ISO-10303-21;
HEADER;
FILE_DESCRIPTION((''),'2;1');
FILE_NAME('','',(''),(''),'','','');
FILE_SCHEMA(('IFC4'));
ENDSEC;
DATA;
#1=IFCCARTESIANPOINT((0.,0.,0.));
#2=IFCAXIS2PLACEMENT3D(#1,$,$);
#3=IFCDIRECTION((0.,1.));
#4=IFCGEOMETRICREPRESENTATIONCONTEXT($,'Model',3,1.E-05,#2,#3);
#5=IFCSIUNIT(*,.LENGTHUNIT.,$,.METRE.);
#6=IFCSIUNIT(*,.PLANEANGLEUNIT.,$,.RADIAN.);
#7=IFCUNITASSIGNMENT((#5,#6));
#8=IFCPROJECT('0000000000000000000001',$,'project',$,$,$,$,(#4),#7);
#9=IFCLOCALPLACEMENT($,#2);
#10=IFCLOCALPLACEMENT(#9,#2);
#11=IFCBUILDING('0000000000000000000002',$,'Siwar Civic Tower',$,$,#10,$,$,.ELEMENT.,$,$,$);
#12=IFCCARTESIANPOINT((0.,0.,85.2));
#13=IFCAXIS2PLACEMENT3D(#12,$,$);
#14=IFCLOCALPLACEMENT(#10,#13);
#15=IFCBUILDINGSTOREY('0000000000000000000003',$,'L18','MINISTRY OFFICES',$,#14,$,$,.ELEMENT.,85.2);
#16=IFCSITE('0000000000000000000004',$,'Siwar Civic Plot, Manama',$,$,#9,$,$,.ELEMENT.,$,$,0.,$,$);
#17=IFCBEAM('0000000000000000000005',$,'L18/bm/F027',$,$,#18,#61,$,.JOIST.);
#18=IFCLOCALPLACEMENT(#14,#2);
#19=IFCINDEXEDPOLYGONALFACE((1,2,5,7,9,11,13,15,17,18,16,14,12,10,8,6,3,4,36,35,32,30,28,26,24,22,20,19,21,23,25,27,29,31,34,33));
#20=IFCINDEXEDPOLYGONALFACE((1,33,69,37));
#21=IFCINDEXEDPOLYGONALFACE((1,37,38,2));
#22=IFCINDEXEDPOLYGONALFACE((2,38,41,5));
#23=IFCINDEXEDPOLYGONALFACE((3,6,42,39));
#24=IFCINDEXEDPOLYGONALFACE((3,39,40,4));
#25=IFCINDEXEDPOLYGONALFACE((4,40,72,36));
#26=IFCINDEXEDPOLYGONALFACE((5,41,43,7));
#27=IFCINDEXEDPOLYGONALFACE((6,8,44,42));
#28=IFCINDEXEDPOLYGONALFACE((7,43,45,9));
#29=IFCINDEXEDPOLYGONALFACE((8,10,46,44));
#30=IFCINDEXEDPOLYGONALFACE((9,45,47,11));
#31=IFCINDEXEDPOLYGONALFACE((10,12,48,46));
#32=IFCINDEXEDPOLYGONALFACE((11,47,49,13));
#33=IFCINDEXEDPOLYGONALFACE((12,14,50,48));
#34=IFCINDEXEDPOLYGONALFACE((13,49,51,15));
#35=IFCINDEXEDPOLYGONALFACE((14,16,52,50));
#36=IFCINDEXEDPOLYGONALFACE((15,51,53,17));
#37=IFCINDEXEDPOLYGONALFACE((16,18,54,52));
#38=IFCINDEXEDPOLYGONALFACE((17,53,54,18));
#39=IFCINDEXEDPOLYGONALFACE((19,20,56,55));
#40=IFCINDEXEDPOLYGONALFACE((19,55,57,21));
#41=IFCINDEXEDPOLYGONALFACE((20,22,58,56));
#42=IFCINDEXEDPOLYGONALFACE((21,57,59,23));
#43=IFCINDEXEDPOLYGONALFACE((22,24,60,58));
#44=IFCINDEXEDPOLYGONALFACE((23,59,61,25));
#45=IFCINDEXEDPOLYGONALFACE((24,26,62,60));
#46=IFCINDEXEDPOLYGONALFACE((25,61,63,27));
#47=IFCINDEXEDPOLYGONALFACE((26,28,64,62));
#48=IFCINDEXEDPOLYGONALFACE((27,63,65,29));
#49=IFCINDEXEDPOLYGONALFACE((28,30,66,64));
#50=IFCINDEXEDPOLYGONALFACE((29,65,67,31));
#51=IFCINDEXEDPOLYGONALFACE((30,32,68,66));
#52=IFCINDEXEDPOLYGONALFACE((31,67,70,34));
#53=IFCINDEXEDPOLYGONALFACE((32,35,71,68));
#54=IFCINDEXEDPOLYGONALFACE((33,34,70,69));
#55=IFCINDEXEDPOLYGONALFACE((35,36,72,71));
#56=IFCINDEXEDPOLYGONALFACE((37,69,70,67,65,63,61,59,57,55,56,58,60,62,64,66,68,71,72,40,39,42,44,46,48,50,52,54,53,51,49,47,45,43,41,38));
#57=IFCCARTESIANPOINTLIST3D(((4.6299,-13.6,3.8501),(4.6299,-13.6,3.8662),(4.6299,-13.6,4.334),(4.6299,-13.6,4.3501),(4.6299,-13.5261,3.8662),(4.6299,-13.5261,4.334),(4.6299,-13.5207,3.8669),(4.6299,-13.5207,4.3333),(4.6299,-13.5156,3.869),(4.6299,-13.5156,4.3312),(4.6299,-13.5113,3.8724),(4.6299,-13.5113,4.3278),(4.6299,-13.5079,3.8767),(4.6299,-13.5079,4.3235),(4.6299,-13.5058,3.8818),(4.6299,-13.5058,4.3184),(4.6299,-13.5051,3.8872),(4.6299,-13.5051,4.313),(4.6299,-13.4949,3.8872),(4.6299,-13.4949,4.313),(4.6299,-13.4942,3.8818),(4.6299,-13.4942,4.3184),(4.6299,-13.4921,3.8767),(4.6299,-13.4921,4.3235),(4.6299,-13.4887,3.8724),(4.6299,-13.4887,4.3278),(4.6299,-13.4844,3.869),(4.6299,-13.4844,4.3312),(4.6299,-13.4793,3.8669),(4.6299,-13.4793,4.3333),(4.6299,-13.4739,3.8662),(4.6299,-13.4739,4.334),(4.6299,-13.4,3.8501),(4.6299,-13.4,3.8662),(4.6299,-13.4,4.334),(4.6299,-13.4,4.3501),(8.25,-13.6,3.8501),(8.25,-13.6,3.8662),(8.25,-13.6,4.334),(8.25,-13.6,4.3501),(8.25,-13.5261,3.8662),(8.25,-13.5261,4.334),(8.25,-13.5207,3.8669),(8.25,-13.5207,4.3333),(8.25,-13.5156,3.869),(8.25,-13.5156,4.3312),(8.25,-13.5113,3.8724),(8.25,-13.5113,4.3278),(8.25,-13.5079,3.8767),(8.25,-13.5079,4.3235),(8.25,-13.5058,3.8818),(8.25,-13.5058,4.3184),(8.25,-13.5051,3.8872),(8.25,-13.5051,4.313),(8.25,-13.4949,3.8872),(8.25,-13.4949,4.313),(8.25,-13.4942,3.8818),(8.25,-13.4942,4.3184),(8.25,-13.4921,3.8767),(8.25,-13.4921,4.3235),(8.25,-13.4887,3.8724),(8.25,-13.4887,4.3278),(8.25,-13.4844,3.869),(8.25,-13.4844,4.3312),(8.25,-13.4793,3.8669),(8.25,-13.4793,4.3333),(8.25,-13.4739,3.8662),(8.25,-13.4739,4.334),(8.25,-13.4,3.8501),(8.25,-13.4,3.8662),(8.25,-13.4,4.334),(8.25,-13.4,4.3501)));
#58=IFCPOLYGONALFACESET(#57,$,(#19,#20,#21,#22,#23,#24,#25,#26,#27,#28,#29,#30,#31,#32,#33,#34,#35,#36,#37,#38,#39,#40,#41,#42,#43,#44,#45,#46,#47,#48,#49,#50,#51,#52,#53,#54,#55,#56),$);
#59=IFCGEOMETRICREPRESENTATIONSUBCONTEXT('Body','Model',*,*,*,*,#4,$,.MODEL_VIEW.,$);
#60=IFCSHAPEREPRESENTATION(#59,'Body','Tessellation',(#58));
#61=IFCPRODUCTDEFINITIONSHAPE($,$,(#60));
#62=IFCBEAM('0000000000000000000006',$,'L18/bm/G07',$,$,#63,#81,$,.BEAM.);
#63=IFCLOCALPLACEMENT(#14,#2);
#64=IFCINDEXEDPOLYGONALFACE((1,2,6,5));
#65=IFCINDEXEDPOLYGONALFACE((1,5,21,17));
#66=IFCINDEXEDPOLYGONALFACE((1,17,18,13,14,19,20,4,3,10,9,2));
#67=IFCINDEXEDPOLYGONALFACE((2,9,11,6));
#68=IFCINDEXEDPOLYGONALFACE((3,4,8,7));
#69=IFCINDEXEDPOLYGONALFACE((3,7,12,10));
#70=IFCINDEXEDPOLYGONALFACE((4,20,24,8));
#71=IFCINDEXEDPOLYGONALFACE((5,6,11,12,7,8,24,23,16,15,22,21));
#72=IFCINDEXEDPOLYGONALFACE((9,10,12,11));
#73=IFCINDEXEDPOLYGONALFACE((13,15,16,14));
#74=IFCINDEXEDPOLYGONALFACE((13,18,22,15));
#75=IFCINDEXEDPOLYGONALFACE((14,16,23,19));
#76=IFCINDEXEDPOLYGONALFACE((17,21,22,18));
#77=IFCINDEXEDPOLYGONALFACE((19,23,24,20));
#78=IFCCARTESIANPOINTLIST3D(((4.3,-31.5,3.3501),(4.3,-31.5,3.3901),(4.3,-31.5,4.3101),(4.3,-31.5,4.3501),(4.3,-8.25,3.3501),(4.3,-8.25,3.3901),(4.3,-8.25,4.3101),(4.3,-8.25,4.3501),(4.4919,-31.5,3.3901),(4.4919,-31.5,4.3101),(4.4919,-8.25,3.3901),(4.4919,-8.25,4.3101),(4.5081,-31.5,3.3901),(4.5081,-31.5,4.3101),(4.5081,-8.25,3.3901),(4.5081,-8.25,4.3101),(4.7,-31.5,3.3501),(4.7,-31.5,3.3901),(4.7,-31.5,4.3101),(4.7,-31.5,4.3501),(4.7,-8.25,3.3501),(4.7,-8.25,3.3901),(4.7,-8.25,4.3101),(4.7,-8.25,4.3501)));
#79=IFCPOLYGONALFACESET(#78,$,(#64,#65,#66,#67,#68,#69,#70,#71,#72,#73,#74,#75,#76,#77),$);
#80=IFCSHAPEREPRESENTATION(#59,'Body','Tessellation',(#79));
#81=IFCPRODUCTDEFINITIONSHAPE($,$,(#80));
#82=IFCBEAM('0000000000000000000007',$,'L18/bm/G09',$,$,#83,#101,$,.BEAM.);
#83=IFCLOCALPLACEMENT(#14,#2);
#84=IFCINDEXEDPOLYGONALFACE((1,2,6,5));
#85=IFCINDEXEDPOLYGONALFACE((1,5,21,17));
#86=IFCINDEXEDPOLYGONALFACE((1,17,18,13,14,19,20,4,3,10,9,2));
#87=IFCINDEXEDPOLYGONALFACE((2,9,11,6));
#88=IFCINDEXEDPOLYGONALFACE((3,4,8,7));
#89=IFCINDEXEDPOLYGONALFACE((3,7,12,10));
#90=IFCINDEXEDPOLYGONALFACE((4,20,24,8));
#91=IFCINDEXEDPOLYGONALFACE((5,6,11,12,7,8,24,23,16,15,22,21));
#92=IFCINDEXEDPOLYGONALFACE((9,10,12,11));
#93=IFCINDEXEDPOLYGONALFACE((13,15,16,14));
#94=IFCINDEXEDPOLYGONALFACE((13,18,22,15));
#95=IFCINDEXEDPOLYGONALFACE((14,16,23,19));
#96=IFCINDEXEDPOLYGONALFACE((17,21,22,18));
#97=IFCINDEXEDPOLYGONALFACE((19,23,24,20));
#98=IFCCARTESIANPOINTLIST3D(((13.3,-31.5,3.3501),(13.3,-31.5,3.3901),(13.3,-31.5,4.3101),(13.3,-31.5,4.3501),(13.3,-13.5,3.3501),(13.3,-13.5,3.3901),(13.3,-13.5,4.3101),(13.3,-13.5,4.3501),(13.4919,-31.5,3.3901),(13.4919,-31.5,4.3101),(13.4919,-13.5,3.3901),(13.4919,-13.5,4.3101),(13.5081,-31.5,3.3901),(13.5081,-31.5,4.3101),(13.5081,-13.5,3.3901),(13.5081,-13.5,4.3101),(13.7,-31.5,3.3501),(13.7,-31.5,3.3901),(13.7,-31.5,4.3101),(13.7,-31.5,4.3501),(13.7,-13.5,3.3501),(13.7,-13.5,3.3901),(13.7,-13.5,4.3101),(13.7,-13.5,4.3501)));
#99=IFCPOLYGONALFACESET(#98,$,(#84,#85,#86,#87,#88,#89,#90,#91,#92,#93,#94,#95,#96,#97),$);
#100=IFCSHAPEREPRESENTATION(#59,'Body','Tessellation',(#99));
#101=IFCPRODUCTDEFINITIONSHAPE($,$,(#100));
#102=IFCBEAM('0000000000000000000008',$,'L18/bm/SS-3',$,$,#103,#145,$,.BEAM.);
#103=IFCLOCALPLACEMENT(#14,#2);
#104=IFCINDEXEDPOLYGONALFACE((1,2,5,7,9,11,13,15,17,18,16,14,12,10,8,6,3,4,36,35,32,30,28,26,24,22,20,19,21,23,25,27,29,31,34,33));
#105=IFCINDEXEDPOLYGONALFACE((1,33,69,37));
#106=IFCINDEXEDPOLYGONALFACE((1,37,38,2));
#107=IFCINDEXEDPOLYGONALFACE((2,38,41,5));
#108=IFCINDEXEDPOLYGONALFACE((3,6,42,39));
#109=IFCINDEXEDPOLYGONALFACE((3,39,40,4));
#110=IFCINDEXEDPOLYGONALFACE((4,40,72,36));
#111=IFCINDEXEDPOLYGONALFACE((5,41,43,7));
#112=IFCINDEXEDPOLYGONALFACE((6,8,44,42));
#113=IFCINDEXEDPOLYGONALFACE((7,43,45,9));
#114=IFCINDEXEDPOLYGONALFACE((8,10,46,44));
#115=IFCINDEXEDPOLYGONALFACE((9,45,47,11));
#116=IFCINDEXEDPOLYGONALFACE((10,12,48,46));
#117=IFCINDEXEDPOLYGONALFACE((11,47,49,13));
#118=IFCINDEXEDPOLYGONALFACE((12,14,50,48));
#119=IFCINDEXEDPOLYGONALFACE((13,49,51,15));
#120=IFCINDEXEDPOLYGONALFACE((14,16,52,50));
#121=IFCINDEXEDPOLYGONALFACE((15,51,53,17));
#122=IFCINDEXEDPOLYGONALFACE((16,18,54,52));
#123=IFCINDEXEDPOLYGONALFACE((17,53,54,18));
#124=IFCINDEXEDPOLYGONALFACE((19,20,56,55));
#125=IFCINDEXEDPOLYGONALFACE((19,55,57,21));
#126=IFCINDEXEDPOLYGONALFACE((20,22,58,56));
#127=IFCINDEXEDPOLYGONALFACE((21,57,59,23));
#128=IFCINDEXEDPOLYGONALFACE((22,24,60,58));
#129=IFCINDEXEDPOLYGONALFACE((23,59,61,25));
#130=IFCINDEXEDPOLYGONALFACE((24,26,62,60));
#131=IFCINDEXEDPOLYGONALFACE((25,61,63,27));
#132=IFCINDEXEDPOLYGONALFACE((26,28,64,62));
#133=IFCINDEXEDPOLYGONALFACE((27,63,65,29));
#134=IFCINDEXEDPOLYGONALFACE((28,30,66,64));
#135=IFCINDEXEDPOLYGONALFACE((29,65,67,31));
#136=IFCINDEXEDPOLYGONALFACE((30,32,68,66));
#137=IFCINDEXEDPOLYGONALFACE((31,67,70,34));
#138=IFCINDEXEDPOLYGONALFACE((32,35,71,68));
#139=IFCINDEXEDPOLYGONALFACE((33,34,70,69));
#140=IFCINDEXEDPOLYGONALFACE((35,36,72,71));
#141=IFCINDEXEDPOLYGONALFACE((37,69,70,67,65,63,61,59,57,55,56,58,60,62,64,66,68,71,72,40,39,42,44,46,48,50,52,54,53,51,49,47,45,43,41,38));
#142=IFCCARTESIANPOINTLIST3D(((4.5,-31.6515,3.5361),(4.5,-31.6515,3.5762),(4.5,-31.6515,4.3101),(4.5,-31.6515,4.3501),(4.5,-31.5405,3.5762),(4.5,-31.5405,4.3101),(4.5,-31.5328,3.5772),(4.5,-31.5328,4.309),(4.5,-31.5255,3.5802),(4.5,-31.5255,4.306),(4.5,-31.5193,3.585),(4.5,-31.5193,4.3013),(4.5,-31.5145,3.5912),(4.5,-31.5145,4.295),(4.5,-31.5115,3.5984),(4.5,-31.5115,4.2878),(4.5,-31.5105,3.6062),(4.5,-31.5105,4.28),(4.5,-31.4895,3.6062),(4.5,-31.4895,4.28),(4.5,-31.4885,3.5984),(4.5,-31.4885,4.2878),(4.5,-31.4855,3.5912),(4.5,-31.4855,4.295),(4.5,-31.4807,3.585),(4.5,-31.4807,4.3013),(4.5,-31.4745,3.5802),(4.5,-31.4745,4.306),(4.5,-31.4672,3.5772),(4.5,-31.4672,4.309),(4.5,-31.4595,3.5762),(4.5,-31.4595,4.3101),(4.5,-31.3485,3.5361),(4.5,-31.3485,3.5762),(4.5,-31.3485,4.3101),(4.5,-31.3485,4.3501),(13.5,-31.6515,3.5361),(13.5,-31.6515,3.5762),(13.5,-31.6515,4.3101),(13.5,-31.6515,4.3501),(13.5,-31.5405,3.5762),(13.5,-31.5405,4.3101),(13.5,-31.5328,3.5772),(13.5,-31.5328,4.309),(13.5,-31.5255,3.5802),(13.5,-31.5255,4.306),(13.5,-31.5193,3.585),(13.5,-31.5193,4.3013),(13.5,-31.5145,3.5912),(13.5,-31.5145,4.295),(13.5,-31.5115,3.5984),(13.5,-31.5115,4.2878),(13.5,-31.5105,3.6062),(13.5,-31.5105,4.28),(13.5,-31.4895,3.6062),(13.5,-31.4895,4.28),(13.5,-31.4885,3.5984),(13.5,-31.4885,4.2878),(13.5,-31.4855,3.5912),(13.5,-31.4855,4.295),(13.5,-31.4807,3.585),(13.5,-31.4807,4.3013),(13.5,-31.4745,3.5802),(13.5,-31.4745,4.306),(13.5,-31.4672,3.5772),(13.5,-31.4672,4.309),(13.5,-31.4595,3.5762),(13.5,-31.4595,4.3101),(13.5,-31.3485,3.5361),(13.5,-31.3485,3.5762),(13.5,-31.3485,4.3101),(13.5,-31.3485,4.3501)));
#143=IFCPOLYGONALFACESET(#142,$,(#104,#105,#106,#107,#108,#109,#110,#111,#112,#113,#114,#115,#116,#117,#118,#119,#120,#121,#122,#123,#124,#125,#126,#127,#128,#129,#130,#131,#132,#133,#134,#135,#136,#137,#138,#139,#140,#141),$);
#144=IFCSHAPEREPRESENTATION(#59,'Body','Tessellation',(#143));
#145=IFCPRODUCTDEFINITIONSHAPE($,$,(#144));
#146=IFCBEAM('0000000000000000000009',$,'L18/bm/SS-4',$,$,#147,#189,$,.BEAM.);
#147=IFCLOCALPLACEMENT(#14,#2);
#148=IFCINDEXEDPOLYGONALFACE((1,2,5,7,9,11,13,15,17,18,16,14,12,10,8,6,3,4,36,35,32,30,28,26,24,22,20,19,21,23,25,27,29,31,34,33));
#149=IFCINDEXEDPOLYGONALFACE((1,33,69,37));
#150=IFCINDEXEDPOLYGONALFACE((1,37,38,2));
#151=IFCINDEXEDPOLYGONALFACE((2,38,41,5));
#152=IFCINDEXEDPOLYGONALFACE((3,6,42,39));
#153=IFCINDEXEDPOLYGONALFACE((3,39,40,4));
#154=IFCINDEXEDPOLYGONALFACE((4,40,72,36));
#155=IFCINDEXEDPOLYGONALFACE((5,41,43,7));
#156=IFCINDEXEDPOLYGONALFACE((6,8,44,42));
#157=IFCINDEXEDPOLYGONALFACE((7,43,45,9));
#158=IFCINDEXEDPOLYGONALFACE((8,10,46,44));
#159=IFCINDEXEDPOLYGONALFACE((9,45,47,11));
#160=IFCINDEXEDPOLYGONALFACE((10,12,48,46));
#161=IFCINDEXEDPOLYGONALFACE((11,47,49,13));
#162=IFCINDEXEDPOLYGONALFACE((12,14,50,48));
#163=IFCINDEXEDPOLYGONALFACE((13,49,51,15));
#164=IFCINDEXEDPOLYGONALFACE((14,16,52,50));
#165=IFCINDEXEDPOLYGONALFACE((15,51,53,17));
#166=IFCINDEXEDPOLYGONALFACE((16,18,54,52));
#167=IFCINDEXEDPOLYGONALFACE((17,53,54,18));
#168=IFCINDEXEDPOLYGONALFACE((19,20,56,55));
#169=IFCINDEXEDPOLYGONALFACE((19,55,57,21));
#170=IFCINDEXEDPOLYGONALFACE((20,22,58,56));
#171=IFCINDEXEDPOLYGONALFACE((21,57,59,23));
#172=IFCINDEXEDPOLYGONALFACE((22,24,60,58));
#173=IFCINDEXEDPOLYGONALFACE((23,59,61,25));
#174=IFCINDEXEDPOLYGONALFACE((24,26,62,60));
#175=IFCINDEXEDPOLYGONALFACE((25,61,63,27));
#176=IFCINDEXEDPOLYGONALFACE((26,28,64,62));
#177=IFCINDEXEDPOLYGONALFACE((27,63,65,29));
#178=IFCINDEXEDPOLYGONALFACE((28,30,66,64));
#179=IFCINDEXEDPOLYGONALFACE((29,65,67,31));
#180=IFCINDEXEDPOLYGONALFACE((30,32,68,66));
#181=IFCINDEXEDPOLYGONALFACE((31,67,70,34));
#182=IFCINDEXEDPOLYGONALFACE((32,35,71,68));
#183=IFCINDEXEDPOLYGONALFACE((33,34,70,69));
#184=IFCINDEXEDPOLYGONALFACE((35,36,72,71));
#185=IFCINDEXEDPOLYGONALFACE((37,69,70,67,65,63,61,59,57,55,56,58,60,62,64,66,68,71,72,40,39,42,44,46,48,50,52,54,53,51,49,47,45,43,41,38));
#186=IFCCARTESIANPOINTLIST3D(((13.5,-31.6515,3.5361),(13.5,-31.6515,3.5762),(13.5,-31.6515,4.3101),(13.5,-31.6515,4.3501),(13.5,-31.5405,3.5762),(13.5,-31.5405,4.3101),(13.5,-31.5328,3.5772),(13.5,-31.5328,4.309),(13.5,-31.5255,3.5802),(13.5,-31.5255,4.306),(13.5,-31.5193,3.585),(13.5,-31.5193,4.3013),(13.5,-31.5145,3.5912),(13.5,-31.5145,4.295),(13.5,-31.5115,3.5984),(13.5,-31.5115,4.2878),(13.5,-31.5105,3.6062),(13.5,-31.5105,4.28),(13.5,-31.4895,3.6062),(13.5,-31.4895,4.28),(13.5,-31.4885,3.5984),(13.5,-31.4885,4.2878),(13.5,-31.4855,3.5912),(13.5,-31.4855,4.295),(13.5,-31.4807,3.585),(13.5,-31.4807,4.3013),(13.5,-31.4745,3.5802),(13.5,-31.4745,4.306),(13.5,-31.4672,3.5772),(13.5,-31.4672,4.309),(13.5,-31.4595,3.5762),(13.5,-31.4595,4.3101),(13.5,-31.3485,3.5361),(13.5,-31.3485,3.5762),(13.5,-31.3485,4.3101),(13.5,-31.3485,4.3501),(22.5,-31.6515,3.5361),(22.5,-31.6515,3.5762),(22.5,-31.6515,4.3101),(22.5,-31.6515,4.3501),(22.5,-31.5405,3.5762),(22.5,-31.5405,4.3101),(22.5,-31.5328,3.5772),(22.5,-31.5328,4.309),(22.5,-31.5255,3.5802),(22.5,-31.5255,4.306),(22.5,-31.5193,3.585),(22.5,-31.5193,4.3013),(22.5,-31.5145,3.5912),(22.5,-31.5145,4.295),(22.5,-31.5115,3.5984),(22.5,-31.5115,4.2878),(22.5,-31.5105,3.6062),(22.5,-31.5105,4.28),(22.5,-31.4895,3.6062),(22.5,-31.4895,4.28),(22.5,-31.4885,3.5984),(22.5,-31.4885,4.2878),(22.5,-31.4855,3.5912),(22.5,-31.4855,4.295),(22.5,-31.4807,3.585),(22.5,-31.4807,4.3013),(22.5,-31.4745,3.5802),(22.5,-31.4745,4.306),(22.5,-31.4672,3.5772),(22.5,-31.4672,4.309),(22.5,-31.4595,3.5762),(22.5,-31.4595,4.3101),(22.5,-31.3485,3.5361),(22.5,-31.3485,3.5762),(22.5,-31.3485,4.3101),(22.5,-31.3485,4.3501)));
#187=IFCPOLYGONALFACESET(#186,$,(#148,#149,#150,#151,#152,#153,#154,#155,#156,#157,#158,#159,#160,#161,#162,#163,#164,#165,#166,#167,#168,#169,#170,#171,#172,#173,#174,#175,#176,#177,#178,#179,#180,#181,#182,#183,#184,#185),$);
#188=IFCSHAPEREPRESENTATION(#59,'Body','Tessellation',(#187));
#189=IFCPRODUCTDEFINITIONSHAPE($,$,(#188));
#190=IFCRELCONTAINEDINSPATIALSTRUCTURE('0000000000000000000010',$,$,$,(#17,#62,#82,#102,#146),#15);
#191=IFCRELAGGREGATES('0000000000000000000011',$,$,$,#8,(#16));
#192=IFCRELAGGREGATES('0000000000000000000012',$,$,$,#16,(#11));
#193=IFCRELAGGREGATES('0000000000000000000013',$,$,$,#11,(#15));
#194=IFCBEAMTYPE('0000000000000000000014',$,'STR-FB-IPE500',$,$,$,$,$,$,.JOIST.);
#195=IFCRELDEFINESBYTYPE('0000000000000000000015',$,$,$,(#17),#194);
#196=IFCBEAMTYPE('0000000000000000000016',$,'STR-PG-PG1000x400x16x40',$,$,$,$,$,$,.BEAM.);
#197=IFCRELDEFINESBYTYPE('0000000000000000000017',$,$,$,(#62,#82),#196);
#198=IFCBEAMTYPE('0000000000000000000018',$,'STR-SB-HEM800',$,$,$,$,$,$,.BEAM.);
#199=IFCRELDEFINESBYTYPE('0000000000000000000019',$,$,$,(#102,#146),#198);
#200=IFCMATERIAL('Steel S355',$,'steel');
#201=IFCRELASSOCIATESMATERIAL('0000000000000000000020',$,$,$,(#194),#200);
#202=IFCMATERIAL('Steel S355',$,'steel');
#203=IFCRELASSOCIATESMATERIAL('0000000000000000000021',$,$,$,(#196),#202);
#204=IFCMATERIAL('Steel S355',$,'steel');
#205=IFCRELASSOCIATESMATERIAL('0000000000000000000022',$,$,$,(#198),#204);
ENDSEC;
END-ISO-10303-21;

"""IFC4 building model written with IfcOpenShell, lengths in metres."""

from ifc_helpers import new_model, si_unit, direction, frame, origin, origin_2d, place, context, subcontext, project, spatial, i_section, extrude, material, material_profile, profile_set, type_object, element, save


model = new_model("IFC4")

# Units and contexts
model_context = context("Model", 3, precision=1e-05, world=origin(), true_north=direction((0.0, 1.0)))
body_context = subcontext(model_context, "Body", "Model", "MODEL_VIEW")
ifc_project = project(units=[si_unit("LENGTHUNIT", "METRE"), si_unit("PLANEANGLEUNIT", "RADIAN")], contexts=[model_context])

# Site, building, storey
site_placement = place(None, origin())
site = spatial("IfcSite", under=ifc_project, at=site_placement, Name="Siwar Civic Plot, Manama", CompositionType="ELEMENT", RefElevation=0.0)
building_placement = place(site_placement, origin())
building = spatial("IfcBuilding", under=site, at=building_placement, Name="Siwar Civic Tower", CompositionType="ELEMENT")
storey_placement = place(building_placement, frame((0.0, 0.0, 85.2)))
storey = spatial("IfcBuildingStorey", under=building, at=storey_placement, Name="L18", Description="MINISTRY OFFICES", CompositionType="ELEMENT", Elevation=85.2)

# Beams
ifc_material_1 = material(Name="Steel S355", Category="steel")
ifc_material_profile_1 = material_profile(ifc_material_1, i_section(OverallWidth=0.2, OverallDepth=0.5, WebThickness=0.0103, FlangeThickness=0.0161, FilletRadius=0.021, at=origin_2d()), Name="IPE500")
ifc_profile_set_1 = profile_set([ifc_material_profile_1], Name="Steel S355")
beam_type_1 = type_object("IfcBeamType", Name="STR-FB-IPE500", PredefinedType="JOIST", material=ifc_profile_set_1)
beam_1_placement = place(storey_placement, frame((4.6299, -13.5, 4.1001), z_axis=(1.0, 0.0, 0.0), x_axis=(0.0, 1.0, 0.0)))
element("IfcBeam", 1, at=beam_1_placement, inside=storey, type_object=beam_type_1, Name="L18/bm/F027", PredefinedType="JOIST", context=body_context, shape_type="SweptSolid", body=[
    extrude(i_section(OverallWidth=0.2, OverallDepth=0.5, WebThickness=0.0103, FlangeThickness=0.0161, FilletRadius=0.021, at=origin_2d()), origin(), (0.0, 0.0, 1.0), 3.6201),
])
ifc_material_2 = material(Name="Steel S355", Category="steel")
ifc_material_profile_2 = material_profile(ifc_material_2, i_section(OverallWidth=0.3999, OverallDepth=1.0, WebThickness=0.0161, FlangeThickness=0.04, at=origin_2d()), Name="PG1000x400x16x40")
ifc_profile_set_2 = profile_set([ifc_material_profile_2], Name="Steel S355")
beam_type_2 = type_object("IfcBeamType", Name="STR-PG-PG1000x400x16x40", PredefinedType="BEAM", material=ifc_profile_set_2)
beam_2_placement = place(storey_placement, frame((4.5, -31.5, 3.8501), z_axis=(0.0, 1.0, 0.0), x_axis=(-1.0, 0.0, 0.0)))
element("IfcBeam", 2, at=beam_2_placement, inside=storey, type_object=beam_type_2, Name="L18/bm/G07", PredefinedType="BEAM", context=body_context, shape_type="SweptSolid", body=[
    extrude(i_section(OverallWidth=0.3999, OverallDepth=1.0, WebThickness=0.0161, FlangeThickness=0.04, at=origin_2d()), origin(), (0.0, 0.0, 1.0), 23.25),
])
beam_3_placement = place(storey_placement, frame((13.5, -31.5, 3.8501), z_axis=(0.0, 1.0, 0.0), x_axis=(-1.0, 0.0, 0.0)))
element("IfcBeam", 3, at=beam_3_placement, inside=storey, type_object=beam_type_2, Name="L18/bm/G09", PredefinedType="BEAM", context=body_context, shape_type="SweptSolid", body=[
    extrude(i_section(OverallWidth=0.3999, OverallDepth=1.0, WebThickness=0.0161, FlangeThickness=0.04, at=origin_2d()), origin(), (0.0, 0.0, 1.0), 18.0),
])
ifc_material_3 = material(Name="Steel S355", Category="steel")
ifc_material_profile_3 = material_profile(ifc_material_3, i_section(OverallWidth=0.303, OverallDepth=0.814, WebThickness=0.021, FlangeThickness=0.04, FilletRadius=0.03, at=origin_2d()), Name="HEM800")
ifc_profile_set_3 = profile_set([ifc_material_profile_3], Name="Steel S355")
beam_type_3 = type_object("IfcBeamType", Name="STR-SB-HEM800", PredefinedType="BEAM", material=ifc_profile_set_3)
for number, where, z_axis, x_axis, name in (
    (4, (4.5, -31.5, 3.9431), (1.0, 0.0, 0.0), (0.0, 1.0, 0.0), "L18/bm/SS-3"),
    (5, (13.5, -31.5, 3.9431), (1.0, 0.0, 0.0), (0.0, 1.0, 0.0), "L18/bm/SS-4"),
):
    element("IfcBeam", number, at=place(storey_placement, frame(where, z_axis=z_axis, x_axis=x_axis)), inside=storey, type_object=beam_type_3, Name=name, PredefinedType="BEAM", context=body_context, shape_type="SweptSolid", body=[
        extrude(i_section(OverallWidth=0.303, OverallDepth=0.814, WebThickness=0.021, FlangeThickness=0.04, FilletRadius=0.03, at=origin_2d()), origin(), (0.0, 0.0, 1.0), 9.0),
    ])

save(model, "model.ifc")
